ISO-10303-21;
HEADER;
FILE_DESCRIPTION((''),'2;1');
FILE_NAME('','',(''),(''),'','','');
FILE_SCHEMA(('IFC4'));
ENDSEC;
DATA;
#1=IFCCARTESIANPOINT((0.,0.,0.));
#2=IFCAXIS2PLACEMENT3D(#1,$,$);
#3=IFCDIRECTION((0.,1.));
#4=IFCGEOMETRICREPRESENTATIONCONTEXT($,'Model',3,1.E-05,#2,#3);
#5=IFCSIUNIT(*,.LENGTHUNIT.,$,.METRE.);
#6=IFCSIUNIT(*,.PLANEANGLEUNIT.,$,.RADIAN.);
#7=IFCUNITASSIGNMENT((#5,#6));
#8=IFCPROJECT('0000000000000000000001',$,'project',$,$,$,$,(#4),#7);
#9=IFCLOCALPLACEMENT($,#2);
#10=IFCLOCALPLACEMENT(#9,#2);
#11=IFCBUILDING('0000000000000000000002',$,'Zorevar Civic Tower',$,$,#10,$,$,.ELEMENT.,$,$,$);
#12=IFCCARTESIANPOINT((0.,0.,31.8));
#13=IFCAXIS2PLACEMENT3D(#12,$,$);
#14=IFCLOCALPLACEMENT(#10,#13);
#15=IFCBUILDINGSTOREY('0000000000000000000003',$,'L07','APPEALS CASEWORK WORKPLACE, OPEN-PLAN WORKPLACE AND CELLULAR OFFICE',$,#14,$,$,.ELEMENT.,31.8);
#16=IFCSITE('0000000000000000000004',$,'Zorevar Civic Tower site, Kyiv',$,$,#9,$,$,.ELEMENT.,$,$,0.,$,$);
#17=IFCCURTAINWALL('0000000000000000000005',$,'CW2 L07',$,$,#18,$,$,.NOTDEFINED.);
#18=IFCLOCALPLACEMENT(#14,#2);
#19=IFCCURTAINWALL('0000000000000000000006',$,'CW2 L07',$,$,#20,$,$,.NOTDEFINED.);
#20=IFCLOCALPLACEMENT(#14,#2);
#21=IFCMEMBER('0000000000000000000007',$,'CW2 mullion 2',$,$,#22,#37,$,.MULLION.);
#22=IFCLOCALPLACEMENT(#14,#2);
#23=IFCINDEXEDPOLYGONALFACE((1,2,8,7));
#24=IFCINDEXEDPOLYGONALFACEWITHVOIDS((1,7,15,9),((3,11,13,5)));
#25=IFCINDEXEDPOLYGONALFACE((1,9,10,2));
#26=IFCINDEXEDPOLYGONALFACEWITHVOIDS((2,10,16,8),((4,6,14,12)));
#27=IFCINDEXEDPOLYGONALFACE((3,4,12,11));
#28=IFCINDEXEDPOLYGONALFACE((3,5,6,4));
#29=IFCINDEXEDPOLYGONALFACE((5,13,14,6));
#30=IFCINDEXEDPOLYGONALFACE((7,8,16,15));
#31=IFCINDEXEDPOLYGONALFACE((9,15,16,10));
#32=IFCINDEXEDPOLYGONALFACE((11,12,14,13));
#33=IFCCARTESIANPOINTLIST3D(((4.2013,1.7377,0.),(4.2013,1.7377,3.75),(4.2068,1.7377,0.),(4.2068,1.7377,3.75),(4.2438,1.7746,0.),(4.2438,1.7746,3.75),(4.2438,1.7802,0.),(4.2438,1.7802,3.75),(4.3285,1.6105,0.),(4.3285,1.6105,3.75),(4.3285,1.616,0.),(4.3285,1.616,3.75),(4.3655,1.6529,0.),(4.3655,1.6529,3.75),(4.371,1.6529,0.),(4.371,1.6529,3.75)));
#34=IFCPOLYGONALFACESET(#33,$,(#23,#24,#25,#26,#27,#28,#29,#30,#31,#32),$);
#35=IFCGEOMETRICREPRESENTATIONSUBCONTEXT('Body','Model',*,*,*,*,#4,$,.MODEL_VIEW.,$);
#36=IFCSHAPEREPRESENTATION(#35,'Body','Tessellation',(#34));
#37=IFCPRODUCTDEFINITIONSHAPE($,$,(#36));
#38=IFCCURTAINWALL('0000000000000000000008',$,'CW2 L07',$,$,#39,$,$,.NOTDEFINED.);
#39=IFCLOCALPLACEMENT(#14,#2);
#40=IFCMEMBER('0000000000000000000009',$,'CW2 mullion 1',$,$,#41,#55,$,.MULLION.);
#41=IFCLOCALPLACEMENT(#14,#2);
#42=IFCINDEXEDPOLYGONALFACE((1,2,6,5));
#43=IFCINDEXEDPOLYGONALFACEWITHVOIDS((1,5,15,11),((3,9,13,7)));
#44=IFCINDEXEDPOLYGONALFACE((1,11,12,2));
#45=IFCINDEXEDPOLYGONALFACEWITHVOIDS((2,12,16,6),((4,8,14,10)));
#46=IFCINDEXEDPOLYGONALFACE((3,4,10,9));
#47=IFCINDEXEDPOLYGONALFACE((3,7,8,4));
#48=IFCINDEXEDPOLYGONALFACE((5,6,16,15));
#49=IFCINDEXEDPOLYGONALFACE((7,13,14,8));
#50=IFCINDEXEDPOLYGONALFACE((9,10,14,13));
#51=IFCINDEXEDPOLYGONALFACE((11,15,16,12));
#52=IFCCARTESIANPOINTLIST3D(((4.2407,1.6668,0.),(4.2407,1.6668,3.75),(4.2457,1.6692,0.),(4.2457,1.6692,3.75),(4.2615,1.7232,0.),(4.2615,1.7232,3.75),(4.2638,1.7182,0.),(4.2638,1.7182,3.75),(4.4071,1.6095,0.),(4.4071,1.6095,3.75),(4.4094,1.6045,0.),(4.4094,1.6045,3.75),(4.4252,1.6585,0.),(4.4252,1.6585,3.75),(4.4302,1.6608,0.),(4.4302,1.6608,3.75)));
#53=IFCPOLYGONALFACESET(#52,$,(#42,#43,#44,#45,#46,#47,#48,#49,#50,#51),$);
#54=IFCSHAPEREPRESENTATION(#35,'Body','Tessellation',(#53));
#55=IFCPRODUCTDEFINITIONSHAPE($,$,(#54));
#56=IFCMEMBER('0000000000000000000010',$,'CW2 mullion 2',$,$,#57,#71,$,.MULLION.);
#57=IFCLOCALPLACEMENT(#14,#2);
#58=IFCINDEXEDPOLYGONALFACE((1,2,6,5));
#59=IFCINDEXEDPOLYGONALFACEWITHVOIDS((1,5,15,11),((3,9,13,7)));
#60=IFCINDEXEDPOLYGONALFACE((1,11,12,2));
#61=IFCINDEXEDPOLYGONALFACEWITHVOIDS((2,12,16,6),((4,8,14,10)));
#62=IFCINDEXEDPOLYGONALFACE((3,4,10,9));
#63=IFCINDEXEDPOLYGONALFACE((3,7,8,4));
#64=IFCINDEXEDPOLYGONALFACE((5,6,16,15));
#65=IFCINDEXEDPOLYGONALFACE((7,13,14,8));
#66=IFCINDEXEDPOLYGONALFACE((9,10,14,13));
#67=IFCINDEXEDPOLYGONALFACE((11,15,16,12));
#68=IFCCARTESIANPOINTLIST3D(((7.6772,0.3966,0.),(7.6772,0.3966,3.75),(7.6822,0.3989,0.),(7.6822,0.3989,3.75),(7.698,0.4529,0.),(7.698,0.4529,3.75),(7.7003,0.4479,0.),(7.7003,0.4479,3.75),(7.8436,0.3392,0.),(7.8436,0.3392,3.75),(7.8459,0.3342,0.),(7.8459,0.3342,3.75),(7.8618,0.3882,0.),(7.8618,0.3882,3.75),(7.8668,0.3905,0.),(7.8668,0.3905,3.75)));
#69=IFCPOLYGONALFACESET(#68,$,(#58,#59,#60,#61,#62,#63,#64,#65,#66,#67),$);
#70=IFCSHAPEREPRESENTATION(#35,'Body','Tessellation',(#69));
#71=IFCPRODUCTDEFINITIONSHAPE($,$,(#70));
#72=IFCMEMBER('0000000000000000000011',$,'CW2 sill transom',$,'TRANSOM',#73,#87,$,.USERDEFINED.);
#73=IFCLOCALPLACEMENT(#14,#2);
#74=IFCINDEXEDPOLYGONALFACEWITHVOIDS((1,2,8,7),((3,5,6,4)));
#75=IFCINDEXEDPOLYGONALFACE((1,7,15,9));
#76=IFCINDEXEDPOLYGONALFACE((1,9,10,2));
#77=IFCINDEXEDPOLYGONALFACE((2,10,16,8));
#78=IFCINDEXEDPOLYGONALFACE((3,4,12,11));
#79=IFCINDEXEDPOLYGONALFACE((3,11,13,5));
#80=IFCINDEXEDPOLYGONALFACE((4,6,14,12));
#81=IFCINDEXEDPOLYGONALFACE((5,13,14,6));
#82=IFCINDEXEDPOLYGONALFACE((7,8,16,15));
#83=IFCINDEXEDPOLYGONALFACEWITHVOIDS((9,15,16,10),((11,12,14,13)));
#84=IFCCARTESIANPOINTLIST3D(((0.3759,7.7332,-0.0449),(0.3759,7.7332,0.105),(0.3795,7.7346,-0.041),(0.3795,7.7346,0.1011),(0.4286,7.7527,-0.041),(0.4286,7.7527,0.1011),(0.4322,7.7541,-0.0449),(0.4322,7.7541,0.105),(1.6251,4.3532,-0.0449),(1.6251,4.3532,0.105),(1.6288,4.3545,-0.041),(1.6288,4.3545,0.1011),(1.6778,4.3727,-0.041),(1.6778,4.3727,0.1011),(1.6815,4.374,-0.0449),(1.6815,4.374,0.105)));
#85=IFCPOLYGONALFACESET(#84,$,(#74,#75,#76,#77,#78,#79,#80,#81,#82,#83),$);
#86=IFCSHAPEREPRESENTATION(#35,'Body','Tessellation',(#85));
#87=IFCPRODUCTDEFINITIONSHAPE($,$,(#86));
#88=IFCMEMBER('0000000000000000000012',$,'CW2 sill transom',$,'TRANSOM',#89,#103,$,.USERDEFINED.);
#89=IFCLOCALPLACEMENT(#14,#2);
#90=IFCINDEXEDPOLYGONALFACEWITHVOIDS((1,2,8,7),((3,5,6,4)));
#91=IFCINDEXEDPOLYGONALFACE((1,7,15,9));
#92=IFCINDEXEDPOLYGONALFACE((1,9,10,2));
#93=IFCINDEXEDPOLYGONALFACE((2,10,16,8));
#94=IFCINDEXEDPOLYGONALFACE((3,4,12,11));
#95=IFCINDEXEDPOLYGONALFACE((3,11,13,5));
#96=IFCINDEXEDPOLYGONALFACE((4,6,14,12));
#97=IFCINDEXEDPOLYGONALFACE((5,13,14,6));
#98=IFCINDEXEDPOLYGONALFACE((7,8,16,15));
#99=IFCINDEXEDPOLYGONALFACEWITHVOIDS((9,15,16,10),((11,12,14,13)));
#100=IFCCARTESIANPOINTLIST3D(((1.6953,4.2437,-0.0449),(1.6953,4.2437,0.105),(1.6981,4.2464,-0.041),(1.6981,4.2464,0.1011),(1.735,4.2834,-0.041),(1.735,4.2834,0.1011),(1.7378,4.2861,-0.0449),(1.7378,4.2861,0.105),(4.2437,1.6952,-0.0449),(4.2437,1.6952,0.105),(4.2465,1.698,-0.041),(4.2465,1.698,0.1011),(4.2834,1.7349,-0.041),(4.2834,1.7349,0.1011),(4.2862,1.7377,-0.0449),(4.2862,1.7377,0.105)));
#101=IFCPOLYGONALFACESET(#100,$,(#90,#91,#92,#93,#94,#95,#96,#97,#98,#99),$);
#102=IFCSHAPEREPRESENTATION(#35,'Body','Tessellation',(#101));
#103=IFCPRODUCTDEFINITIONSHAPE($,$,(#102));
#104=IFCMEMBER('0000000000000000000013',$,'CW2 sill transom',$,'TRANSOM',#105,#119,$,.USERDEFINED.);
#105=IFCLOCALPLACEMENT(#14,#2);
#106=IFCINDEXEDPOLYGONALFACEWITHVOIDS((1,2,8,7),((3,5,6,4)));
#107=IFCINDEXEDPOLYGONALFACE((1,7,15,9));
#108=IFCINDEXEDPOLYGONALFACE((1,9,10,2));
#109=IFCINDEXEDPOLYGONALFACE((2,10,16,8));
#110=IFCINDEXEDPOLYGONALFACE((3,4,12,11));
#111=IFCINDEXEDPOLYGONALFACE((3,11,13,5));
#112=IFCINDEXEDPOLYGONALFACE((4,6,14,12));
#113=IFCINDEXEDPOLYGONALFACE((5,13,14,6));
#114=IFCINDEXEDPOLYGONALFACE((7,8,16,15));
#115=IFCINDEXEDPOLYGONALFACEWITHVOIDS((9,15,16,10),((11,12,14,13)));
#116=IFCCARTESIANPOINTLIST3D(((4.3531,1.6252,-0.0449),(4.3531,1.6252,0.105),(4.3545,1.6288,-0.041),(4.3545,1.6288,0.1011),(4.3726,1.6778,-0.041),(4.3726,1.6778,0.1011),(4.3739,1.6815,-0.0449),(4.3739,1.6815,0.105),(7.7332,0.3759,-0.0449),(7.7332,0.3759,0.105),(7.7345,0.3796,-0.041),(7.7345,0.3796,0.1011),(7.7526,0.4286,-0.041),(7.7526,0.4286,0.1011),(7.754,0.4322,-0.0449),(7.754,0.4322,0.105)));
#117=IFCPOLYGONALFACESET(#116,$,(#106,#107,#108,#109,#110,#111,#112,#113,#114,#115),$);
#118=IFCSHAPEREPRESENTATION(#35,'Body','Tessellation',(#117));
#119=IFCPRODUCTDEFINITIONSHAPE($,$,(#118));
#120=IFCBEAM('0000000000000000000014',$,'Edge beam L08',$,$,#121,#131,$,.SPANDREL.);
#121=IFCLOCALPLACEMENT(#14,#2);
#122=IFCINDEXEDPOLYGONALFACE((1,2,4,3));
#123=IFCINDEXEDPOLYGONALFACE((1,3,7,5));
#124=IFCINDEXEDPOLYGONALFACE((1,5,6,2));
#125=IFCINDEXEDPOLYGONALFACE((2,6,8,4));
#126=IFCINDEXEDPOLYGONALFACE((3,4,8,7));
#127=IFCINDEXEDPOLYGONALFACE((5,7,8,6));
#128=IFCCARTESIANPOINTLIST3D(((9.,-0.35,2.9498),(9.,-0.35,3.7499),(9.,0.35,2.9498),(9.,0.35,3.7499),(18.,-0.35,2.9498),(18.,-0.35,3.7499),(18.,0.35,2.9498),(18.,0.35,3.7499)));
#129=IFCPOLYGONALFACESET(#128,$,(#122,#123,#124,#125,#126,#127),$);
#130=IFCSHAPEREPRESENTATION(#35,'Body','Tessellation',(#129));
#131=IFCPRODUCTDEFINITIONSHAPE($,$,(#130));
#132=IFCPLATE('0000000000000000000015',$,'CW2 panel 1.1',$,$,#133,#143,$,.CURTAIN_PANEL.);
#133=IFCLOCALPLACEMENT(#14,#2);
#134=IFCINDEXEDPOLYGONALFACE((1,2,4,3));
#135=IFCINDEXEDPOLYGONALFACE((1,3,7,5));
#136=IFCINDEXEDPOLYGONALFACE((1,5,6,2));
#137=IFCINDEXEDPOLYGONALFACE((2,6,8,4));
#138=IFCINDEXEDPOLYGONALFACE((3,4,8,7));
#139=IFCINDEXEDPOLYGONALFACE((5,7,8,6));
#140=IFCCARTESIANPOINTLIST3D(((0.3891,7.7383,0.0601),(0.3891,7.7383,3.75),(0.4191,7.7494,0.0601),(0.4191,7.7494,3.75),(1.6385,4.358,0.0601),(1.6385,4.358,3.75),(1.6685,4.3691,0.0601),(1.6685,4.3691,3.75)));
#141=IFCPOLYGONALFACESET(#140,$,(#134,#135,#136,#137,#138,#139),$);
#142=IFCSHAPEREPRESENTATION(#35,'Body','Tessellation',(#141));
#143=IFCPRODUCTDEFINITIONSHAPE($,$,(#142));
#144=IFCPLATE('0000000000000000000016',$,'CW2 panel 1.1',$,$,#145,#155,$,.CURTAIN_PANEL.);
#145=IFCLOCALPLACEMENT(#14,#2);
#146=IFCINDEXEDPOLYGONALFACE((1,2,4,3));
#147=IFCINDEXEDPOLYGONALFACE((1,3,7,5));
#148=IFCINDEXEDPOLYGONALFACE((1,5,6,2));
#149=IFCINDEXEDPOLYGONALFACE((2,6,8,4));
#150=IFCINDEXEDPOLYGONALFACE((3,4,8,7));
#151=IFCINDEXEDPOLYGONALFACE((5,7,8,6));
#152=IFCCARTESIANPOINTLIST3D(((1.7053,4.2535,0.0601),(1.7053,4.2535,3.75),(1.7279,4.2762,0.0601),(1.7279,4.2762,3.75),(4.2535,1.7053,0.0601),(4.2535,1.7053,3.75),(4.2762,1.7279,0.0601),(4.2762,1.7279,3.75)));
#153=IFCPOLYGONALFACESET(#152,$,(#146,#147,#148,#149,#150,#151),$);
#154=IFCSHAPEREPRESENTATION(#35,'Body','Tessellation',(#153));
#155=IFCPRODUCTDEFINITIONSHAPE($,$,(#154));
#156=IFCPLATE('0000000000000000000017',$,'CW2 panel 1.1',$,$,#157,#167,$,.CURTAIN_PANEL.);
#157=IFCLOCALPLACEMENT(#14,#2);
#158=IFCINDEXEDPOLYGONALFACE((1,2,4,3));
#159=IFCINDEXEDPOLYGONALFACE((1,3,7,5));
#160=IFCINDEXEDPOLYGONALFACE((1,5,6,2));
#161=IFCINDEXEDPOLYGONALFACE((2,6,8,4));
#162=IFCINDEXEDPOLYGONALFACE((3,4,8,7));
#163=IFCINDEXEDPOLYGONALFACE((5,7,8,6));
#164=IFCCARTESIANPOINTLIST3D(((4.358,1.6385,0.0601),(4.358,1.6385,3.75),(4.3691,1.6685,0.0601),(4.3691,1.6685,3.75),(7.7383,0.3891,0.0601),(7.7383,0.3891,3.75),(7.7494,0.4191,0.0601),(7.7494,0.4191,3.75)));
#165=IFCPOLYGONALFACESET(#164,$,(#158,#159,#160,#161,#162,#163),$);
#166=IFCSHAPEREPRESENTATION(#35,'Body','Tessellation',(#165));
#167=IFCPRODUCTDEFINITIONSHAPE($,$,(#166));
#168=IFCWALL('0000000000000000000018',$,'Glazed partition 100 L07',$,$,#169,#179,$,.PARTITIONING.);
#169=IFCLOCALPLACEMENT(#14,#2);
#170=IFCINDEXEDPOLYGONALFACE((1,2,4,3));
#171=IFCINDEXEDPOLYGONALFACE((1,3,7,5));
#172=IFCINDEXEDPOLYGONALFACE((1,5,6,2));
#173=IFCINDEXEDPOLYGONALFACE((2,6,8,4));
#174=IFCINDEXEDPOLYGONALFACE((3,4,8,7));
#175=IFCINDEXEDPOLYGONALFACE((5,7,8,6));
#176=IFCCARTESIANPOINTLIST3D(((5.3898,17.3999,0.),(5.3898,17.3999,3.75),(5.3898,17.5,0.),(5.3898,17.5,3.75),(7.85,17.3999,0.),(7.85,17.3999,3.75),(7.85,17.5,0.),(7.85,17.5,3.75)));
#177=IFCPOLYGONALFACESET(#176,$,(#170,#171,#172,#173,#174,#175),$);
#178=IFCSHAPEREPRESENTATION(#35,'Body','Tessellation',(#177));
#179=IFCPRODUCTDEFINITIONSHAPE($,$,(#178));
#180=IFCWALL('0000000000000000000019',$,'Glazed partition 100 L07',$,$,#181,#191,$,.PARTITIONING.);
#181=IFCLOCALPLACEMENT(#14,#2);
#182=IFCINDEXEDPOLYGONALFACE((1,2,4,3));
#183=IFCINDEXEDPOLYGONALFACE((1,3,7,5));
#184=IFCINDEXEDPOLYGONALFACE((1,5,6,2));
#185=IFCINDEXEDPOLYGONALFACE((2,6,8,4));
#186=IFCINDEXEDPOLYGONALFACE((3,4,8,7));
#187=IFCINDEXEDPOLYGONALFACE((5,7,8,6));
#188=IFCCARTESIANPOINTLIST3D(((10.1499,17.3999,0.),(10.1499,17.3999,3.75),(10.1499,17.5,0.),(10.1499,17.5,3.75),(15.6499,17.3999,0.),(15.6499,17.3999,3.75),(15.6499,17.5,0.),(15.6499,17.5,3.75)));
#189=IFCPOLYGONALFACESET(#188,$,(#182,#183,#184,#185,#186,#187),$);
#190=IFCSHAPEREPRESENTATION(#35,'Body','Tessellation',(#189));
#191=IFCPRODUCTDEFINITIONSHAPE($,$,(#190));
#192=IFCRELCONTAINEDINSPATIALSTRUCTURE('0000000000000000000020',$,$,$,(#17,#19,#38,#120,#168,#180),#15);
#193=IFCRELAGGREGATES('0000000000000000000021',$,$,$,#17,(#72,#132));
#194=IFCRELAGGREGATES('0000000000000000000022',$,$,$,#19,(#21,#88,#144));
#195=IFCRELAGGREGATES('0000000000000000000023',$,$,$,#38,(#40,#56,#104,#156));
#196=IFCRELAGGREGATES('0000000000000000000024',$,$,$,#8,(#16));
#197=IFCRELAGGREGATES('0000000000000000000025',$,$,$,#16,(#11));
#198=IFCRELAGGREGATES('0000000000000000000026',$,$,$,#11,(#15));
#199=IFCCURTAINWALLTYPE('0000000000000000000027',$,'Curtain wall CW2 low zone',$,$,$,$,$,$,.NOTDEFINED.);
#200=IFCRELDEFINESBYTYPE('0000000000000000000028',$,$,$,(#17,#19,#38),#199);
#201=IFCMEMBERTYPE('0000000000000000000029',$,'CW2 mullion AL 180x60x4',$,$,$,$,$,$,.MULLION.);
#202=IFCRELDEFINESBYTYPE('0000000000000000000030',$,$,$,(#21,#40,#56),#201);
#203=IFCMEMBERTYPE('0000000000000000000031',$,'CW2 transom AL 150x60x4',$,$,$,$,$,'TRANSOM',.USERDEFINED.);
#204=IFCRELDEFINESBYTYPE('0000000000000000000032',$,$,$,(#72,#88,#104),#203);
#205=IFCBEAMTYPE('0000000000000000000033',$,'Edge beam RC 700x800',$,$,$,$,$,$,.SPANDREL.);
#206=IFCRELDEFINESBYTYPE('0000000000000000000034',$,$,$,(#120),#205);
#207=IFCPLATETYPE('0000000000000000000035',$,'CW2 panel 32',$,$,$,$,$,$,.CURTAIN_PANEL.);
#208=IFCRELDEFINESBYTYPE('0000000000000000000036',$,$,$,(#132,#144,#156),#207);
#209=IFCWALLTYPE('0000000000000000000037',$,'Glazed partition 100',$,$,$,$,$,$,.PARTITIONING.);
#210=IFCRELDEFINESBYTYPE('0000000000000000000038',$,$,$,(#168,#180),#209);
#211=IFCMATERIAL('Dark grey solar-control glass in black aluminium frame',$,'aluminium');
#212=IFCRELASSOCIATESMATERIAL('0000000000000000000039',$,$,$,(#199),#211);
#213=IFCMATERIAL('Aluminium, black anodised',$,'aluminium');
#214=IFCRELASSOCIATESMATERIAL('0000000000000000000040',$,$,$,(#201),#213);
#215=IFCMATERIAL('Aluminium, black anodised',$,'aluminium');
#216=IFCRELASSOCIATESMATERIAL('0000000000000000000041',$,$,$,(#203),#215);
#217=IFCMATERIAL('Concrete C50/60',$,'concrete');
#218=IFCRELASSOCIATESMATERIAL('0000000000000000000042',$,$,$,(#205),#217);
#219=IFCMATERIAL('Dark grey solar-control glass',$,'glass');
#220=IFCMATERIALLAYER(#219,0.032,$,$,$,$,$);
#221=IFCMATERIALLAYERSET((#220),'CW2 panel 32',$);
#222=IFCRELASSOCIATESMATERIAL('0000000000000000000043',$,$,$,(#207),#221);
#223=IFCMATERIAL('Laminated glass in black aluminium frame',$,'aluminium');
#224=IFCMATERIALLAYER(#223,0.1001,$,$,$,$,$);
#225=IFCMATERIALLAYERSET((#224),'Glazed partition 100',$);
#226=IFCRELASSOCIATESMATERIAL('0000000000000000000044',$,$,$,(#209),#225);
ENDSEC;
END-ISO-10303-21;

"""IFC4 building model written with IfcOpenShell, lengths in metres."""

from ifc_helpers import new_model, si_unit, direction, frame, frame_2d, origin, origin_2d, place, context, subcontext, project, spatial, rectangle, hollow_rectangle, extrude, material, layer, layer_set, material_profile, profile_set, type_object, element, aggregate, save


model = new_model("IFC4")

# Units and contexts
model_context = context("Model", 3, precision=1e-05, world=origin(), true_north=direction((0.0, 1.0)))
body_context = subcontext(model_context, "Body", "Model", "MODEL_VIEW")
ifc_project = project(units=[si_unit("LENGTHUNIT", "METRE"), si_unit("PLANEANGLEUNIT", "RADIAN")], contexts=[model_context])

# Site, building, storey
site_placement = place(None, origin())
site = spatial("IfcSite", under=ifc_project, at=site_placement, Name="Zorevar Civic Tower site, Kyiv", CompositionType="ELEMENT", RefElevation=0.0)
building_placement = place(site_placement, origin())
building = spatial("IfcBuilding", under=site, at=building_placement, Name="Zorevar Civic Tower", CompositionType="ELEMENT")
storey_placement = place(building_placement, frame((0.0, 0.0, 31.8)))
storey = spatial("IfcBuildingStorey", under=building, at=storey_placement, Name="L07", Description="APPEALS CASEWORK WORKPLACE, OPEN-PLAN WORKPLACE AND CELLULAR OFFICE", CompositionType="ELEMENT", Elevation=31.8)

# Shared definitions
ifc_material_1 = material(Name="Dark grey solar-control glass in black aluminium frame", Category="aluminium")
curtain_wall_type = type_object("IfcCurtainWallType", Name="Curtain wall CW2 low zone", PredefinedType="NOTDEFINED", material=ifc_material_1)
ifc_material_2 = material(Name="Aluminium, black anodised", Category="aluminium")
ifc_material_profile_1 = material_profile(ifc_material_2, hollow_rectangle(XDim=0.0601, YDim=0.1799, WallThickness=0.0039, at=origin_2d()), Name="AL 180x60x4")
ifc_profile_set_1 = profile_set([ifc_material_profile_1], Name="Aluminium, black anodised")
member_type_1 = type_object("IfcMemberType", Name="CW2 mullion AL 180x60x4", PredefinedType="MULLION", material=ifc_profile_set_1)

# Curtain walls, members
curtain_wall_1_placement = place(storey_placement, origin())
curtain_wall_1 = element("IfcCurtainWall", 1, at=curtain_wall_1_placement, inside=storey, type_object=curtain_wall_type, Name="CW2 L07", PredefinedType="NOTDEFINED")
curtain_wall_2_placement = place(storey_placement, origin())
curtain_wall_2 = element("IfcCurtainWall", 2, at=curtain_wall_2_placement, inside=storey, type_object=curtain_wall_type, Name="CW2 L07", PredefinedType="NOTDEFINED")
member_1_placement = place(storey_placement, frame((4.2861, 1.6953, 0.0), z_axis=(0.0, 0.0, 1.0), x_axis=(0.707107, 0.707107, 0.0)))
member_1 = element("IfcMember", 3, at=member_1_placement, type_object=member_type_1, Name="CW2 mullion 2", PredefinedType="MULLION", context=body_context, shape_type="SweptSolid", body=[
    extrude(hollow_rectangle(XDim=0.0601, YDim=0.1799, WallThickness=0.0039, at=origin_2d()), origin(), (0.0, 0.0, 1.0), 3.75),
])
curtain_wall_3_placement = place(storey_placement, origin())
curtain_wall_3 = element("IfcCurtainWall", 4, at=curtain_wall_3_placement, inside=storey, type_object=curtain_wall_type, Name="CW2 L07", PredefinedType="NOTDEFINED")
member_2_placement = place(storey_placement, frame((4.3354, 1.6638, 0.0), z_axis=(0.0, 0.0, 1.0), x_axis=(0.346704, 0.937975, 0.0)))
member_2 = element("IfcMember", 5, at=member_2_placement, type_object=member_type_1, Name="CW2 mullion 1", PredefinedType="MULLION", context=body_context, shape_type="SweptSolid", body=[
    extrude(hollow_rectangle(XDim=0.0601, YDim=0.1799, WallThickness=0.0039, at=origin_2d()), origin(), (0.0, 0.0, 1.0), 3.75),
])
member_3_placement = place(storey_placement, frame((7.772, 0.3936, 0.0), z_axis=(0.0, 0.0, 1.0), x_axis=(0.346704, 0.937975, 0.0)))
member_3 = element("IfcMember", 6, at=member_3_placement, type_object=member_type_1, Name="CW2 mullion 2", PredefinedType="MULLION", context=body_context, shape_type="SweptSolid", body=[
    extrude(hollow_rectangle(XDim=0.0601, YDim=0.1799, WallThickness=0.0039, at=origin_2d()), origin(), (0.0, 0.0, 1.0), 3.75),
])

# Members
ifc_material_3 = material(Name="Aluminium, black anodised", Category="aluminium")
ifc_material_profile_2 = material_profile(ifc_material_3, hollow_rectangle(XDim=0.0601, YDim=0.1499, WallThickness=0.0039, at=origin_2d()), Name="AL 150x60x4")
ifc_profile_set_2 = profile_set([ifc_material_profile_2], Name="Aluminium, black anodised")
member_type_2 = type_object("IfcMemberType", Name="CW2 transom AL 150x60x4", ElementType="TRANSOM", PredefinedType="USERDEFINED", material=ifc_profile_set_2)
member_4_placement = place(storey_placement, frame((0.4041, 7.7437, 0.03), z_axis=(0.346672, -0.937986, 0.0), x_axis=(0.937986, 0.346672, 0.0)))
member_4 = element("IfcMember", 7, at=member_4_placement, type_object=member_type_2, Name="CW2 sill transom", ObjectType="TRANSOM", PredefinedType="USERDEFINED", context=body_context, shape_type="SweptSolid", body=[
    extrude(hollow_rectangle(XDim=0.0601, YDim=0.1499, WallThickness=0.0039, at=origin_2d()), origin(), (0.0, 0.0, 1.0), 3.6035),
])
member_5_placement = place(storey_placement, frame((1.7166, 4.2649, 0.03), z_axis=(0.707107, -0.707107, 0.0), x_axis=(0.707107, 0.707107, 0.0)))
member_5 = element("IfcMember", 8, at=member_5_placement, type_object=member_type_2, Name="CW2 sill transom", ObjectType="TRANSOM", PredefinedType="USERDEFINED", context=body_context, shape_type="SweptSolid", body=[
    extrude(hollow_rectangle(XDim=0.0601, YDim=0.1499, WallThickness=0.0039, at=origin_2d()), origin(), (0.0, 0.0, 1.0), 3.604),
])
member_6_placement = place(storey_placement, frame((4.3635, 1.6533, 0.03), z_axis=(0.937986, -0.346672, 0.0), x_axis=(0.346672, 0.937986, 0.0)))
member_6 = element("IfcMember", 9, at=member_6_placement, type_object=member_type_2, Name="CW2 sill transom", ObjectType="TRANSOM", PredefinedType="USERDEFINED", context=body_context, shape_type="SweptSolid", body=[
    extrude(hollow_rectangle(XDim=0.0601, YDim=0.1499, WallThickness=0.0039, at=origin_2d()), origin(), (0.0, 0.0, 1.0), 3.6035),
])

# Beam
ifc_material_4 = material(Name="Concrete C50/60", Category="concrete")
ifc_material_profile_3 = material_profile(ifc_material_4, rectangle(XDim=0.7, YDim=0.8, at=origin_2d()), Name="RC 700x800")
ifc_profile_set_3 = profile_set([ifc_material_profile_3], Name="Concrete C50/60")
beam_type_1 = type_object("IfcBeamType", Name="Edge beam RC 700x800", PredefinedType="SPANDREL", material=ifc_profile_set_3)
beam_1_placement = place(storey_placement, frame((9.0, 0.0, 3.3499), z_axis=(1.0, 0.0, 0.0), x_axis=(0.0, 1.0, 0.0)))
element("IfcBeam", 10, at=beam_1_placement, inside=storey, type_object=beam_type_1, Name="Edge beam L08", PredefinedType="SPANDREL", context=body_context, shape_type="SweptSolid", body=[
    extrude(rectangle(XDim=0.7, YDim=0.8, at=origin_2d()), origin(), (0.0, 0.0, 1.0), 9.0),
])

# Plates
ifc_material_5 = material(Name="Dark grey solar-control glass", Category="glass")
ifc_layer_1 = layer(ifc_material_5, 0.032)
ifc_layer_set_1 = layer_set([ifc_layer_1], Name="CW2 panel 32")
plate_type = type_object("IfcPlateType", Name="CW2 panel 32", PredefinedType="CURTAIN_PANEL", material=ifc_layer_set_1)
plate_1_placement = place(storey_placement, frame((1.0288, 6.0537, 0.0601), z_axis=(0.0, 0.0, 1.0), x_axis=(0.346704, -0.937975, 0.0)))
plate_1 = element("IfcPlate", 11, at=plate_1_placement, type_object=plate_type, Name="CW2 panel 1.1", PredefinedType="CURTAIN_PANEL", context=body_context, shape_type="SweptSolid", body=[
    extrude(rectangle(XDim=3.6038, YDim=0.032, at=origin_2d()), origin(), (0.0, 0.0, 1.0), 3.6899),
])
aggregate(curtain_wall_1, [member_4, plate_1])
plate_2_placement = place(storey_placement, frame((2.9907, 2.9907, 0.0601), z_axis=(0.0, 0.0, 1.0), x_axis=(0.707107, -0.707107, 0.0)))
plate_2 = element("IfcPlate", 12, at=plate_2_placement, type_object=plate_type, Name="CW2 panel 1.1", PredefinedType="CURTAIN_PANEL", context=body_context, shape_type="SweptSolid", body=[
    extrude(rectangle(XDim=3.6038, YDim=0.032, at=origin_2d()), origin(), (0.0, 0.0, 1.0), 3.6899),
])
aggregate(curtain_wall_2, [member_1, member_5, plate_2])
plate_3_placement = place(storey_placement, frame((6.0537, 1.0288, 0.0601), z_axis=(0.0, 0.0, 1.0), x_axis=(0.937975, -0.346704, 0.0)))
plate_3 = element("IfcPlate", 13, at=plate_3_placement, type_object=plate_type, Name="CW2 panel 1.1", PredefinedType="CURTAIN_PANEL", context=body_context, shape_type="SweptSolid", body=[
    extrude(rectangle(XDim=3.6038, YDim=0.032, at=origin_2d()), origin(), (0.0, 0.0, 1.0), 3.6899),
])
aggregate(curtain_wall_3, [member_2, member_3, member_6, plate_3])

# Walls
ifc_material_6 = material(Name="Laminated glass in black aluminium frame", Category="aluminium")
ifc_layer_2 = layer(ifc_material_6, 0.1001)
ifc_layer_set_2 = layer_set([ifc_layer_2], Name="Glazed partition 100")
wall_type_1 = type_object("IfcWallType", Name="Glazed partition 100", PredefinedType="PARTITIONING", material=ifc_layer_set_2)
wall_1_placement = place(storey_placement, frame((5.3899, 17.45, 0.0), z_axis=(0.0, 0.0, 1.0), x_axis=(1.0, 0.0, 0.0)))
element("IfcWall", 14, at=wall_1_placement, inside=storey, type_object=wall_type_1, Name="Glazed partition 100 L07", PredefinedType="PARTITIONING", context=body_context, shape_type="SweptSolid", body=[
    extrude(rectangle(XDim=2.4602, YDim=0.1001, at=frame_2d((1.23, 0.0))), origin(), (0.0, 0.0, 1.0), 3.75),
])
wall_2_placement = place(storey_placement, frame((10.1499, 17.45, 0.0), z_axis=(0.0, 0.0, 1.0), x_axis=(1.0, 0.0, 0.0)))
element("IfcWall", 15, at=wall_2_placement, inside=storey, type_object=wall_type_1, Name="Glazed partition 100 L07", PredefinedType="PARTITIONING", context=body_context, shape_type="SweptSolid", body=[
    extrude(rectangle(XDim=5.5, YDim=0.1001, at=frame_2d((2.75, 0.0))), origin(), (0.0, 0.0, 1.0), 3.75),
])

save(model, "model.ifc")
